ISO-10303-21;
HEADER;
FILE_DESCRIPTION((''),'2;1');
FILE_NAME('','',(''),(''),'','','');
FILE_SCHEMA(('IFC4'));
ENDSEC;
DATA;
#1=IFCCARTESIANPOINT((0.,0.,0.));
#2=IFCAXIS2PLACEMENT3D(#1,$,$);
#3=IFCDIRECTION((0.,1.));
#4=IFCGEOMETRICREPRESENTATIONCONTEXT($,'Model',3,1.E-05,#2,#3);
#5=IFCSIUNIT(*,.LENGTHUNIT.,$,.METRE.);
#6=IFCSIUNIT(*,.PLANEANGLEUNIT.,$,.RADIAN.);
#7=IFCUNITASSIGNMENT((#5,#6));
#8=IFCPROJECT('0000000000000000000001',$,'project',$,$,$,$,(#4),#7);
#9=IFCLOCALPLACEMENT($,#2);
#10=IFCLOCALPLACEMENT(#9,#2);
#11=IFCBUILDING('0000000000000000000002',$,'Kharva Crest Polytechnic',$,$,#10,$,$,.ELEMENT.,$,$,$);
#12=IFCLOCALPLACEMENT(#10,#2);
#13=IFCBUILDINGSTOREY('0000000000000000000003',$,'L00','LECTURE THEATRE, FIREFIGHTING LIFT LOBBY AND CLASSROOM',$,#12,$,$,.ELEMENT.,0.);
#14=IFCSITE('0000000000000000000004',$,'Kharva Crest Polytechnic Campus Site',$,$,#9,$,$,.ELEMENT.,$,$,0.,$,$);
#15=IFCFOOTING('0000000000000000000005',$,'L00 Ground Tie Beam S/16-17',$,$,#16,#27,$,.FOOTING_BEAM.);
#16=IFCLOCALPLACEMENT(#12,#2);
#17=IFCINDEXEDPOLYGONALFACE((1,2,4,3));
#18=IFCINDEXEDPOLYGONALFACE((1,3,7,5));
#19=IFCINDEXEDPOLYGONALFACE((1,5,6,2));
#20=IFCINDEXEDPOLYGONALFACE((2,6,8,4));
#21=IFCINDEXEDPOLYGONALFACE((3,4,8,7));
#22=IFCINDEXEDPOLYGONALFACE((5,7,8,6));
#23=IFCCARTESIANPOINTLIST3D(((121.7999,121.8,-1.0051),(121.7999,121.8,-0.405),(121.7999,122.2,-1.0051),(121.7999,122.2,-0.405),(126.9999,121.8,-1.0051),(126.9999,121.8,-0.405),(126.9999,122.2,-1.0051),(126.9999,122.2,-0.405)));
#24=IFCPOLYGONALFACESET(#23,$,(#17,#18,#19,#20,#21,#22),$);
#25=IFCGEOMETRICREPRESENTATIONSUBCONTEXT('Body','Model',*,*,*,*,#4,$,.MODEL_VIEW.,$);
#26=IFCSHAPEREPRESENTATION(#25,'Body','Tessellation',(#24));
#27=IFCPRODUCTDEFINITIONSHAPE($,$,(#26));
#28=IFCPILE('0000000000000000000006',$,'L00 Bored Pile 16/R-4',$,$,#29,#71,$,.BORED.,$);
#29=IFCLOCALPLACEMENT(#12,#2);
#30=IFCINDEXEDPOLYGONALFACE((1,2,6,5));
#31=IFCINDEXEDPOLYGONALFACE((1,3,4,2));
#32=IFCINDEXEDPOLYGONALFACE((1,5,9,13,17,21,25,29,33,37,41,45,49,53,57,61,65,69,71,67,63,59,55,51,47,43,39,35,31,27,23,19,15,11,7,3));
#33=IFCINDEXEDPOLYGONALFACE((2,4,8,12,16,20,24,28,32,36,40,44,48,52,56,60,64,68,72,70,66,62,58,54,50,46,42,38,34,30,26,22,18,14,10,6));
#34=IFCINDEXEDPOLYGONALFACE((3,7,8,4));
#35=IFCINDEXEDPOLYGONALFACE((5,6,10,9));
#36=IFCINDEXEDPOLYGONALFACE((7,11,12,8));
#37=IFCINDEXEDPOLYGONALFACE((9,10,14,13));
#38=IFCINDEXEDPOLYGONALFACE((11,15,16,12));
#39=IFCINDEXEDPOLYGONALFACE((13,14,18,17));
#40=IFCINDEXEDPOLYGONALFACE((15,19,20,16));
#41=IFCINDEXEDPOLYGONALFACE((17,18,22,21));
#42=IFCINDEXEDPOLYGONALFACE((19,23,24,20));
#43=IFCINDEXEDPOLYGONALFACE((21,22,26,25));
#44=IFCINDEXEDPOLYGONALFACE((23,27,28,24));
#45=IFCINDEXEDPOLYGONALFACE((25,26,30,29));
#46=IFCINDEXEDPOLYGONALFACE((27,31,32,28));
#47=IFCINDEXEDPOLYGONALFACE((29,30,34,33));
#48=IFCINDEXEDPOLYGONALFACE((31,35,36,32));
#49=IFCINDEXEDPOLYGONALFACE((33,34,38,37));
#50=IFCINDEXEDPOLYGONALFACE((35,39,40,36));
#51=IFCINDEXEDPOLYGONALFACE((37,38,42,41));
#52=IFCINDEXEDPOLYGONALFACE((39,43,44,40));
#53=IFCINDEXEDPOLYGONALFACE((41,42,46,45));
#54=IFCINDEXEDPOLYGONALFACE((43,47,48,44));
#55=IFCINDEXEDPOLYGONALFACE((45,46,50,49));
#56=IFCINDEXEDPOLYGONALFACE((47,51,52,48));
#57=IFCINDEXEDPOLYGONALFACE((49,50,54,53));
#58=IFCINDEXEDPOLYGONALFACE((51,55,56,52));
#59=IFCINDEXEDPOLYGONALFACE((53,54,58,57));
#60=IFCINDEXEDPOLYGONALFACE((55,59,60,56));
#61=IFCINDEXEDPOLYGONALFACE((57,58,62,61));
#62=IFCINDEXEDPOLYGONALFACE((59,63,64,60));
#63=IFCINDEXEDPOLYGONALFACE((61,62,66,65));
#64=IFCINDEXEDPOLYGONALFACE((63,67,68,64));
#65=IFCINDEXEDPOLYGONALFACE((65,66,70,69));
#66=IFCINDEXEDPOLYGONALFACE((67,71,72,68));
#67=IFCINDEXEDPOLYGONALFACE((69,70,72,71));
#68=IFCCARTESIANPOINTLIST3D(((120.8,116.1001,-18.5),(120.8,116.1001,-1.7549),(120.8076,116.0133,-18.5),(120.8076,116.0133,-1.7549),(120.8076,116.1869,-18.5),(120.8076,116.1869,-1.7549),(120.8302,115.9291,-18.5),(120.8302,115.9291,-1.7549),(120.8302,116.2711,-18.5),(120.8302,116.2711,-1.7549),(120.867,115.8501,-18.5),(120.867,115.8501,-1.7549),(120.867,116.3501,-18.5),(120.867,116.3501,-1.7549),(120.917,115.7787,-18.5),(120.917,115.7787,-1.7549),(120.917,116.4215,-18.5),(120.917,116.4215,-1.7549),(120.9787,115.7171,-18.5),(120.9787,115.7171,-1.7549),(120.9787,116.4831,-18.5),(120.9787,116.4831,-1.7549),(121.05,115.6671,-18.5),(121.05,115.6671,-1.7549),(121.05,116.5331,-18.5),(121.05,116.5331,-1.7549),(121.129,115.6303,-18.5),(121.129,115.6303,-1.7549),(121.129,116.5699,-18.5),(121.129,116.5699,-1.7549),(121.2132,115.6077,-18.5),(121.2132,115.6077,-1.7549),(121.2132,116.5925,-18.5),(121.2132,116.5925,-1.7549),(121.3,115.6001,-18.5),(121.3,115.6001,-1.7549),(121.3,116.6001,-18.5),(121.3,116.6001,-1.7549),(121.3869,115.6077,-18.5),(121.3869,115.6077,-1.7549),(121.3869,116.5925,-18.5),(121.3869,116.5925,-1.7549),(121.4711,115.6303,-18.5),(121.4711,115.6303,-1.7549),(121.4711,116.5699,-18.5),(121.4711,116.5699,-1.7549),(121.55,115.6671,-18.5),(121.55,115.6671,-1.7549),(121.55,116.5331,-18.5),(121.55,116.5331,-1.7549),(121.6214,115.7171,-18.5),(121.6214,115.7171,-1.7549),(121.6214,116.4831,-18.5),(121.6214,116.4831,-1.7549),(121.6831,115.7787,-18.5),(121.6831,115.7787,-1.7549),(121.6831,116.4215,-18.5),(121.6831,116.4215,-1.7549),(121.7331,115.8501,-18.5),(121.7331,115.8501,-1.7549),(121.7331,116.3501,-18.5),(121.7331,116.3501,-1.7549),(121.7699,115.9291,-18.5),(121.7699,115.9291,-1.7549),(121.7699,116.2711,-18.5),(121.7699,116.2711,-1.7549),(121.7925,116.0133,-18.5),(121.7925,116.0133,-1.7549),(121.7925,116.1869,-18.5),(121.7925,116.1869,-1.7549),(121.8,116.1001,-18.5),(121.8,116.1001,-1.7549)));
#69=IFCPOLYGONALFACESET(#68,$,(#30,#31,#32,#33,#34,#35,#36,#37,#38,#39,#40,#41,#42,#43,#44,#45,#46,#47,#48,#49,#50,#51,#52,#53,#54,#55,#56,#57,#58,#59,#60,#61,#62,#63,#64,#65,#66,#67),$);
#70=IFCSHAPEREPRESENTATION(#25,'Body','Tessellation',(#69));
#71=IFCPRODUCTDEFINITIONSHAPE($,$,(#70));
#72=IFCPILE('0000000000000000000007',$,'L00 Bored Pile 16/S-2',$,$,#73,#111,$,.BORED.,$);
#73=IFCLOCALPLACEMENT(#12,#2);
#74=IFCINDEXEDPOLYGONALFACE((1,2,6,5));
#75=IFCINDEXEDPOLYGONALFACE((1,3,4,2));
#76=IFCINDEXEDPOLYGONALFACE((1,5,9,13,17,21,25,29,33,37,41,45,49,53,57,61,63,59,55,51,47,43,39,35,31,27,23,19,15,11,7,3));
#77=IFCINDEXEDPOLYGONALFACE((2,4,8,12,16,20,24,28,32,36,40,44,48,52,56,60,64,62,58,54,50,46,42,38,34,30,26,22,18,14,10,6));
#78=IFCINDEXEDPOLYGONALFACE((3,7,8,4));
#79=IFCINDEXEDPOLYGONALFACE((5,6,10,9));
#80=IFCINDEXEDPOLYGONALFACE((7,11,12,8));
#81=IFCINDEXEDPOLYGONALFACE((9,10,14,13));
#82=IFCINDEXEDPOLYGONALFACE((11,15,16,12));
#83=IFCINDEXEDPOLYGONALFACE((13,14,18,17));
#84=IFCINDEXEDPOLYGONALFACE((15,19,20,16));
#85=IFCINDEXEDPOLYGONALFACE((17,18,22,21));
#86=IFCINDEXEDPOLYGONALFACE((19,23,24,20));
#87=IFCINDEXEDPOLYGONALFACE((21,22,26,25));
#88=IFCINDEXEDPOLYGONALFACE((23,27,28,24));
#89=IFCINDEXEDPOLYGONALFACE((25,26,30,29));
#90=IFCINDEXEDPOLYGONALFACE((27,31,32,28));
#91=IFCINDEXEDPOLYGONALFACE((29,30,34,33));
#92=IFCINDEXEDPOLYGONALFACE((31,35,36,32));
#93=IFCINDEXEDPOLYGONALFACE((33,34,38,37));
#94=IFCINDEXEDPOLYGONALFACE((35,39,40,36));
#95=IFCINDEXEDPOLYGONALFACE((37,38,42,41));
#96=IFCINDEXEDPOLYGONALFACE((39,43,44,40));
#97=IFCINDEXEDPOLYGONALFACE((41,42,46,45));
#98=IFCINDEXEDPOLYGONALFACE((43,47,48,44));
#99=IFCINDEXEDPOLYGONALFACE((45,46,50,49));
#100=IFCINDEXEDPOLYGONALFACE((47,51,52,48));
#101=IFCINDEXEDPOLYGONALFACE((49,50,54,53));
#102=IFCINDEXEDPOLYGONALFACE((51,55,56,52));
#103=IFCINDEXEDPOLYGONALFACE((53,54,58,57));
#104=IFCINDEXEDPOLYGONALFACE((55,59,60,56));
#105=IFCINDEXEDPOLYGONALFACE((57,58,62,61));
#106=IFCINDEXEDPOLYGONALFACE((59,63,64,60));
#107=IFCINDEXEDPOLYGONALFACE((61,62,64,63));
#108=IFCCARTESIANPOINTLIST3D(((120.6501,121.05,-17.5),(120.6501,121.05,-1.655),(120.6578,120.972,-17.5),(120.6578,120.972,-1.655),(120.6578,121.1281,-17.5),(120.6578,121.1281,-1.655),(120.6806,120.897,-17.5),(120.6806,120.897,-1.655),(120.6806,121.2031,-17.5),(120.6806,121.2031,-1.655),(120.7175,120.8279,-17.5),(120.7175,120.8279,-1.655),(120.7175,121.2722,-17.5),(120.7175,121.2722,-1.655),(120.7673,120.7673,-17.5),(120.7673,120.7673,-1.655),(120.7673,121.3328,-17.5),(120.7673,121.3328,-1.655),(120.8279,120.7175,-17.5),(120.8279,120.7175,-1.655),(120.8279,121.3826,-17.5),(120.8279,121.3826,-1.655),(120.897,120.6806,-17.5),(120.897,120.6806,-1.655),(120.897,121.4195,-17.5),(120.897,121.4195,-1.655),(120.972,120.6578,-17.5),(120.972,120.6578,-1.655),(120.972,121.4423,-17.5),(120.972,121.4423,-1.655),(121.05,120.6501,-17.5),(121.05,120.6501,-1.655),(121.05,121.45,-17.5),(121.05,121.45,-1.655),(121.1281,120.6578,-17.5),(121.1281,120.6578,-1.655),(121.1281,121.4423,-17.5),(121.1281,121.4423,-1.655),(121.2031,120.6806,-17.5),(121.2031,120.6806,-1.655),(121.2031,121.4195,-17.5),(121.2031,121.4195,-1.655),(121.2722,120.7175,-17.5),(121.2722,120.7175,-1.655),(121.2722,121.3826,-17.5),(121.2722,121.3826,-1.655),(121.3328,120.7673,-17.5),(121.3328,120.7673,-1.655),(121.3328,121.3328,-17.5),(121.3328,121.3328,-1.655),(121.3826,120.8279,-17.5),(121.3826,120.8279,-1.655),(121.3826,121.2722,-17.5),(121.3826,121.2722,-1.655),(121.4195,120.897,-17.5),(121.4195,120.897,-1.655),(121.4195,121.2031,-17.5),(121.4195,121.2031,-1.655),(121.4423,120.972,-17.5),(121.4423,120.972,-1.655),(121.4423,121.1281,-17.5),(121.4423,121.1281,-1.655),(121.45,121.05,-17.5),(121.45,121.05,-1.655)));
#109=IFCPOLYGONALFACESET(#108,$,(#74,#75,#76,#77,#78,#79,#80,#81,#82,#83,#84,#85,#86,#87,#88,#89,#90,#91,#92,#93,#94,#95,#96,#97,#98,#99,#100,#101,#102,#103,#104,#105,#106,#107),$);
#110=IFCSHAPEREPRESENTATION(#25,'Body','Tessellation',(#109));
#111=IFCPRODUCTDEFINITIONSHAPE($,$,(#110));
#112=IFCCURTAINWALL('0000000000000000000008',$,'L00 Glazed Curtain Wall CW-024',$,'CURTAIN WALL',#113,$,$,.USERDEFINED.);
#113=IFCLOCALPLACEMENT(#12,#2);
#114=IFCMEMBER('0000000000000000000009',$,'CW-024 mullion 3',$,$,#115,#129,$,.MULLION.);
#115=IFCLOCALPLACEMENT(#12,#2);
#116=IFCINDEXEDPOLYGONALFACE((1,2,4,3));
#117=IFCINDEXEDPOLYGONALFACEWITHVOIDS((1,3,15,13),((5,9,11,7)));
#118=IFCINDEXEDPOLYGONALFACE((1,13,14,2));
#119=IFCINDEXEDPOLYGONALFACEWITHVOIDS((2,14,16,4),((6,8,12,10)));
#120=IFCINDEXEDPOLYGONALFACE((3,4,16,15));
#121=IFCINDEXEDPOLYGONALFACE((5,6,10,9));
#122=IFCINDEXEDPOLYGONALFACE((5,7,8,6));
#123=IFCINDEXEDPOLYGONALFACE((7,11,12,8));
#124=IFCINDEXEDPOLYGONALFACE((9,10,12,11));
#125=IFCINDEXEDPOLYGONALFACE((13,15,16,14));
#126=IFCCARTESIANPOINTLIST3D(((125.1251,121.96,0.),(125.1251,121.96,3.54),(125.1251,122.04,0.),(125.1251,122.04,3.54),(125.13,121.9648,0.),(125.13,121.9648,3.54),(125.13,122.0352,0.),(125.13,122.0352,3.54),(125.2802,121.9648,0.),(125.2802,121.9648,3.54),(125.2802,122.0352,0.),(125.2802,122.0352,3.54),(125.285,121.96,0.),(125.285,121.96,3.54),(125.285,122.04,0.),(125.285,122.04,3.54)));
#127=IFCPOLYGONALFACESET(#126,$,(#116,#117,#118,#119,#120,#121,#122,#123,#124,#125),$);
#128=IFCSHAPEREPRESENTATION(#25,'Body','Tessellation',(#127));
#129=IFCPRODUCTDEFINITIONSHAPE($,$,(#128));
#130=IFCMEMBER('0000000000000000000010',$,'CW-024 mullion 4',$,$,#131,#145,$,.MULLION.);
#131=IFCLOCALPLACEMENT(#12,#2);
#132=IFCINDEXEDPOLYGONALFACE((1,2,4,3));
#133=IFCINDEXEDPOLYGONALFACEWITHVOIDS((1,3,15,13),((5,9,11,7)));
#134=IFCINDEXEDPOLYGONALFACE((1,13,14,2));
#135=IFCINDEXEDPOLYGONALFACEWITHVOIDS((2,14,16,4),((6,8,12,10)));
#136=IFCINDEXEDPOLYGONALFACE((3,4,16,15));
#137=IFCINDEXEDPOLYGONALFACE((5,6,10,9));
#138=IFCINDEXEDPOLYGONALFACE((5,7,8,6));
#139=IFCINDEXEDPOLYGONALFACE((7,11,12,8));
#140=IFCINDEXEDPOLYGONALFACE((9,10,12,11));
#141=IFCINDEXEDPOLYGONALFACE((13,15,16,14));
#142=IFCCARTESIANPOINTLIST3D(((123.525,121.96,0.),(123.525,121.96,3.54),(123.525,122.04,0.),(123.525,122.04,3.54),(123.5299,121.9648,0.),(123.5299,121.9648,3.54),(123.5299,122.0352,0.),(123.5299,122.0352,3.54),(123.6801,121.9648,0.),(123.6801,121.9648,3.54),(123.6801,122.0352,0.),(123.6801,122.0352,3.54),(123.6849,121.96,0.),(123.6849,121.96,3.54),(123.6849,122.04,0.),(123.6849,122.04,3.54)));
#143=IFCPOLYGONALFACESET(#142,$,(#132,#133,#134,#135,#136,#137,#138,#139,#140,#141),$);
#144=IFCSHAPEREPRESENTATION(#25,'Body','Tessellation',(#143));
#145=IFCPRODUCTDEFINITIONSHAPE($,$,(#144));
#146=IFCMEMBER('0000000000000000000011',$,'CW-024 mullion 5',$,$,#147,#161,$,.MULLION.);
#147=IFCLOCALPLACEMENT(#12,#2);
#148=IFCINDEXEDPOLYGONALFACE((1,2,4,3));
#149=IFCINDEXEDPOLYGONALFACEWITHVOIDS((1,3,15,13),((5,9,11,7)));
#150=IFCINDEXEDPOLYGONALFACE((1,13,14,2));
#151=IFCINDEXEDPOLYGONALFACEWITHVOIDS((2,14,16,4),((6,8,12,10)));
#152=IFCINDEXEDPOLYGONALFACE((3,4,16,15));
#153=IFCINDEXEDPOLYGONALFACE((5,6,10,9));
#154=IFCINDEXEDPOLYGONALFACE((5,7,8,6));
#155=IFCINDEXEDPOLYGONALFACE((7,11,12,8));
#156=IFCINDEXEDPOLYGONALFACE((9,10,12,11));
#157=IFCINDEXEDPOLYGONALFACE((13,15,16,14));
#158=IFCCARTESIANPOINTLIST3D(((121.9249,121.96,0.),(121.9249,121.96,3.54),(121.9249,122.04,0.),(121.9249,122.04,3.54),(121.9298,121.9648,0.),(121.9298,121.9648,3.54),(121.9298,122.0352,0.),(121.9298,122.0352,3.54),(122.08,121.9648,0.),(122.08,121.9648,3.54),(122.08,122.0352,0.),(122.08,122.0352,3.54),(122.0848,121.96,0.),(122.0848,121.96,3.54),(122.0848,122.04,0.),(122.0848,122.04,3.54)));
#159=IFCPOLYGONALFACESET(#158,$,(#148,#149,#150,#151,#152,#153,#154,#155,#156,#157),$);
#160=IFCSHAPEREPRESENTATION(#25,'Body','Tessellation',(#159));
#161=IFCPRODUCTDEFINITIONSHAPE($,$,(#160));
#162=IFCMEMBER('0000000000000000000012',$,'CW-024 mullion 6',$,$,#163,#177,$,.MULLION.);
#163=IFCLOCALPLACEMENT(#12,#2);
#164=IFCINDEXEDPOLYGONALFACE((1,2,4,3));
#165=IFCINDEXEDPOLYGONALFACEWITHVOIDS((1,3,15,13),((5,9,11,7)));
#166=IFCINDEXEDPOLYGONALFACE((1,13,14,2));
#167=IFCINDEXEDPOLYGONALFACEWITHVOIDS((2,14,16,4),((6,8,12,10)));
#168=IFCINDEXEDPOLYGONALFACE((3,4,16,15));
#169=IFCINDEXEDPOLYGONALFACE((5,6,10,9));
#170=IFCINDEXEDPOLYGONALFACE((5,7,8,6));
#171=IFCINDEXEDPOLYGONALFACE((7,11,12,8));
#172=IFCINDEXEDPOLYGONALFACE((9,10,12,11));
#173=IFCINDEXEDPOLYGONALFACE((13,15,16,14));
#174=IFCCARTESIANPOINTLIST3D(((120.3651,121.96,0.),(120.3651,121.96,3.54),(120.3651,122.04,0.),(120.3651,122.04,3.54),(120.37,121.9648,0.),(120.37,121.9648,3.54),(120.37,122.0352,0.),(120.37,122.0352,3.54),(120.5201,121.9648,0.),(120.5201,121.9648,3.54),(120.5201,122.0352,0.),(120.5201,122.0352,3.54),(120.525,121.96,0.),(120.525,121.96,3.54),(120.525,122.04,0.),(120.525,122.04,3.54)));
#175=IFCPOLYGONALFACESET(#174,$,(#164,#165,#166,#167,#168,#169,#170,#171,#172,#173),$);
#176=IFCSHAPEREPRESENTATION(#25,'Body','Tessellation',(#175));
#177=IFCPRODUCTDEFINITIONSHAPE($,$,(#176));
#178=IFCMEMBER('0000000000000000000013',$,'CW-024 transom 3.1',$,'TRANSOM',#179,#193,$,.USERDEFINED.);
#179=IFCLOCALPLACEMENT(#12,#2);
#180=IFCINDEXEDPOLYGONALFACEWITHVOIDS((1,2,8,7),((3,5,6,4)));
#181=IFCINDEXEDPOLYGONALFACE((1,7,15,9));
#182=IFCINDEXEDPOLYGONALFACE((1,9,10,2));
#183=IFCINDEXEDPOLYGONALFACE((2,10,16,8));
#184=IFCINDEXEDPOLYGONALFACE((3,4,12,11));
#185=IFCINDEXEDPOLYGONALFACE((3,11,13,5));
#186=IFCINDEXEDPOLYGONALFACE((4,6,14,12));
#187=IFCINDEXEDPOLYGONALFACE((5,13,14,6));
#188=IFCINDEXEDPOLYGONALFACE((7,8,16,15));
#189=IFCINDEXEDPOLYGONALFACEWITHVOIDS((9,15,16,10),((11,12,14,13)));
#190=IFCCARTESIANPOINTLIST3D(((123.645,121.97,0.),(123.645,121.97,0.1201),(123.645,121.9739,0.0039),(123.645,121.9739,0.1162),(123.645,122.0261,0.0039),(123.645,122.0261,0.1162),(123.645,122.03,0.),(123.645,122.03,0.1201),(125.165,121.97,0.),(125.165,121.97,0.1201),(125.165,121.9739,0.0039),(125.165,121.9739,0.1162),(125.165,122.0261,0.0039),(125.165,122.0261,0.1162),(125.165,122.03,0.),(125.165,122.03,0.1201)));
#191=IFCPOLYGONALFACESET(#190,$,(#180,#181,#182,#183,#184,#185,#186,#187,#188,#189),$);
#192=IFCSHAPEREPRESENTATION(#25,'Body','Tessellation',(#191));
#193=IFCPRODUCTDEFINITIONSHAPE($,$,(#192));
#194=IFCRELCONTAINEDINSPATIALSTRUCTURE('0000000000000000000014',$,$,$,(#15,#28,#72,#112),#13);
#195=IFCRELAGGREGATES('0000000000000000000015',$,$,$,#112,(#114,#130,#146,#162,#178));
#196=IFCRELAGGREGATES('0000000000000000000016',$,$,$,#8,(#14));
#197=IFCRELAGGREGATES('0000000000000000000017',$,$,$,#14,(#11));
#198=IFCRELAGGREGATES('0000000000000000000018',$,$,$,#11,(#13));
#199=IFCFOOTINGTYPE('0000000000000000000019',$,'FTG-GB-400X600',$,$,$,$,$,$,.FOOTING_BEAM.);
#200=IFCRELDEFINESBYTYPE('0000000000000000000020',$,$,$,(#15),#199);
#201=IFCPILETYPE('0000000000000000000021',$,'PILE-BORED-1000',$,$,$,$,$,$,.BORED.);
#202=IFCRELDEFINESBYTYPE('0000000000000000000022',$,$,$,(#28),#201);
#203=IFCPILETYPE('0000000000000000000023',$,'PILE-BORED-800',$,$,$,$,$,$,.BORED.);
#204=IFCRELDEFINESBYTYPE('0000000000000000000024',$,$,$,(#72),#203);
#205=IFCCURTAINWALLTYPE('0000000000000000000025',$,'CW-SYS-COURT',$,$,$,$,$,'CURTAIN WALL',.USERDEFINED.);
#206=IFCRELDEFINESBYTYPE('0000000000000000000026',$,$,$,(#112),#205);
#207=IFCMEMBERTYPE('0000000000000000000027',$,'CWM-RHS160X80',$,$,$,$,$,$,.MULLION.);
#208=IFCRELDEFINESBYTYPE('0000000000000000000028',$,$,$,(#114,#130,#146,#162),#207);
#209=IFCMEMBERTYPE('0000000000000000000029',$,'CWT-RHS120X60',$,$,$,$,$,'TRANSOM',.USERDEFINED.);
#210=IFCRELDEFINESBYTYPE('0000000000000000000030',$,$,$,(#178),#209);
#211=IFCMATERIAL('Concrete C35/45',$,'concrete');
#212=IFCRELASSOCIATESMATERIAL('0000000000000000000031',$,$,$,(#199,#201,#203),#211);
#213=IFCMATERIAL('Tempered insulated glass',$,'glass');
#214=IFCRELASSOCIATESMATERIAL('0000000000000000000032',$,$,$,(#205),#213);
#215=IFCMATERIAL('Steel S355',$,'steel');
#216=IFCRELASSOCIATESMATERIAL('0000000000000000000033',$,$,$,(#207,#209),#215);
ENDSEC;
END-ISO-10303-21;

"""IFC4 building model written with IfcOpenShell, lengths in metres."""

from ifc_helpers import new_model, si_unit, direction, frame, origin, origin_2d, place, context, subcontext, project, spatial, rectangle, hollow_rectangle, circle, extrude, material, material_profile, profile_set, type_object, element, aggregate, save


model = new_model("IFC4")

# Units and contexts
model_context = context("Model", 3, precision=1e-05, world=origin(), true_north=direction((0.0, 1.0)))
body_context = subcontext(model_context, "Body", "Model", "MODEL_VIEW")
ifc_project = project(units=[si_unit("LENGTHUNIT", "METRE"), si_unit("PLANEANGLEUNIT", "RADIAN")], contexts=[model_context])

# Site, building, storey
site_placement = place(None, origin())
site = spatial("IfcSite", under=ifc_project, at=site_placement, Name="Kharva Crest Polytechnic Campus Site", CompositionType="ELEMENT", RefElevation=0.0)
building_placement = place(site_placement, origin())
building = spatial("IfcBuilding", under=site, at=building_placement, Name="Kharva Crest Polytechnic", CompositionType="ELEMENT")
storey_placement = place(building_placement, origin())
storey = spatial("IfcBuildingStorey", under=building, at=storey_placement, Name="L00", Description="LECTURE THEATRE, FIREFIGHTING LIFT LOBBY AND CLASSROOM", CompositionType="ELEMENT", Elevation=0.0)

# Footing
ifc_material_1 = material(Name="Concrete C35/45", Category="concrete")
footing_type = type_object("IfcFootingType", Name="FTG-GB-400X600", PredefinedType="FOOTING_BEAM", material=ifc_material_1)
footing_placement = place(storey_placement, frame((124.3999, 122.0, -1.0051), z_axis=(0.0, 0.0, 1.0), x_axis=(1.0, 0.0, 0.0)))
element("IfcFooting", 1, at=footing_placement, inside=storey, type_object=footing_type, Name="L00 Ground Tie Beam S/16-17", PredefinedType="FOOTING_BEAM", context=body_context, shape_type="SweptSolid", body=[
    extrude(rectangle(XDim=5.2, YDim=0.3999, at=origin_2d()), origin(), (0.0, 0.0, 1.0), 0.6001),
])

# Piles
ifc_material_profile_1 = material_profile(ifc_material_1, circle(Radius=0.5, at=origin_2d()), Name="DIA 1000")
ifc_profile_set_1 = profile_set([ifc_material_profile_1], Name="Concrete C35/45")
pile_type_1 = type_object("IfcPileType", Name="PILE-BORED-1000", PredefinedType="BORED", material=ifc_profile_set_1)
pile_1_placement = place(storey_placement, frame((121.3, 116.1001, -1.7549), z_axis=(0.0, 0.0, -1.0), x_axis=(1.0, 0.0, 0.0)))
element("IfcPile", 2, at=pile_1_placement, inside=storey, type_object=pile_type_1, Name="L00 Bored Pile 16/R-4", PredefinedType="BORED", context=body_context, shape_type="SweptSolid", body=[
    extrude(circle(Radius=0.5, at=origin_2d()), origin(), (0.0, 0.0, 1.0), 16.7451),
])
ifc_material_profile_2 = material_profile(ifc_material_1, circle(Radius=0.3999, at=origin_2d()), Name="DIA 800")
ifc_profile_set_2 = profile_set([ifc_material_profile_2], Name="Concrete C35/45")
pile_type_2 = type_object("IfcPileType", Name="PILE-BORED-800", PredefinedType="BORED", material=ifc_profile_set_2)
pile_2_placement = place(storey_placement, frame((121.05, 121.05, -1.655), z_axis=(0.0, 0.0, -1.0), x_axis=(1.0, 0.0, 0.0)))
element("IfcPile", 3, at=pile_2_placement, inside=storey, type_object=pile_type_2, Name="L00 Bored Pile 16/S-2", PredefinedType="BORED", context=body_context, shape_type="SweptSolid", body=[
    extrude(circle(Radius=0.3999, at=origin_2d()), origin(), (0.0, 0.0, 1.0), 15.845),
])

# Curtain wall, members
ifc_material_2 = material(Name="Tempered insulated glass", Category="glass")
curtain_wall_type = type_object("IfcCurtainWallType", Name="CW-SYS-COURT", ElementType="CURTAIN WALL", PredefinedType="USERDEFINED", material=ifc_material_2)
curtain_wall_placement = place(storey_placement, origin())
curtain_wall = element("IfcCurtainWall", 4, at=curtain_wall_placement, inside=storey, type_object=curtain_wall_type, Name="L00 Glazed Curtain Wall CW-024", ObjectType="CURTAIN WALL", PredefinedType="USERDEFINED")
ifc_material_3 = material(Name="Steel S355", Category="steel")
ifc_material_profile_3 = material_profile(ifc_material_3, hollow_rectangle(XDim=0.0801, YDim=0.1599, WallThickness=0.0049, at=origin_2d()), Name="RHS 160X80X5.0")
ifc_profile_set_3 = profile_set([ifc_material_profile_3], Name="Steel S355")
member_type_1 = type_object("IfcMemberType", Name="CWM-RHS160X80", PredefinedType="MULLION", material=ifc_profile_set_3)
member_1_placement = place(storey_placement, frame((125.2051, 122.0, 0.0), z_axis=(0.0, 0.0, 1.0), x_axis=(0.0, -1.0, 0.0)))
member_1 = element("IfcMember", 5, at=member_1_placement, type_object=member_type_1, Name="CW-024 mullion 3", PredefinedType="MULLION", context=body_context, shape_type="SweptSolid", body=[
    extrude(hollow_rectangle(XDim=0.0801, YDim=0.1599, WallThickness=0.0049, at=origin_2d()), origin(), (0.0, 0.0, 1.0), 3.54),
])
member_2_placement = place(storey_placement, frame((123.605, 122.0, 0.0), z_axis=(0.0, 0.0, 1.0), x_axis=(0.0, -1.0, 0.0)))
member_2 = element("IfcMember", 6, at=member_2_placement, type_object=member_type_1, Name="CW-024 mullion 4", PredefinedType="MULLION", context=body_context, shape_type="SweptSolid", body=[
    extrude(hollow_rectangle(XDim=0.0801, YDim=0.1599, WallThickness=0.0049, at=origin_2d()), origin(), (0.0, 0.0, 1.0), 3.54),
])
member_3_placement = place(storey_placement, frame((122.0049, 122.0, 0.0), z_axis=(0.0, 0.0, 1.0), x_axis=(0.0, -1.0, 0.0)))
member_3 = element("IfcMember", 7, at=member_3_placement, type_object=member_type_1, Name="CW-024 mullion 5", PredefinedType="MULLION", context=body_context, shape_type="SweptSolid", body=[
    extrude(hollow_rectangle(XDim=0.0801, YDim=0.1599, WallThickness=0.0049, at=origin_2d()), origin(), (0.0, 0.0, 1.0), 3.54),
])
member_4_placement = place(storey_placement, frame((120.4451, 122.0, 0.0), z_axis=(0.0, 0.0, 1.0), x_axis=(0.0, -1.0, 0.0)))
member_4 = element("IfcMember", 8, at=member_4_placement, type_object=member_type_1, Name="CW-024 mullion 6", PredefinedType="MULLION", context=body_context, shape_type="SweptSolid", body=[
    extrude(hollow_rectangle(XDim=0.0801, YDim=0.1599, WallThickness=0.0049, at=origin_2d()), origin(), (0.0, 0.0, 1.0), 3.54),
])
ifc_material_profile_4 = material_profile(ifc_material_3, hollow_rectangle(XDim=0.0601, YDim=0.1201, WallThickness=0.0039, at=origin_2d()), Name="RHS 120X60X4.0")
ifc_profile_set_4 = profile_set([ifc_material_profile_4], Name="Steel S355")
member_type_2 = type_object("IfcMemberType", Name="CWT-RHS120X60", ElementType="TRANSOM", PredefinedType="USERDEFINED", material=ifc_profile_set_4)
member_5_placement = place(storey_placement, frame((125.165, 122.0, 0.0601), z_axis=(-1.0, 0.0, 0.0), x_axis=(0.0, -1.0, 0.0)))
member_5 = element("IfcMember", 9, at=member_5_placement, type_object=member_type_2, Name="CW-024 transom 3.1", ObjectType="TRANSOM", PredefinedType="USERDEFINED", context=body_context, shape_type="SweptSolid", body=[
    extrude(hollow_rectangle(XDim=0.0601, YDim=0.1201, WallThickness=0.0039, at=origin_2d()), origin(), (0.0, 0.0, 1.0), 1.52),
])

aggregate(curtain_wall, [member_1, member_2, member_3, member_4, member_5])

save(model, "model.ifc")
